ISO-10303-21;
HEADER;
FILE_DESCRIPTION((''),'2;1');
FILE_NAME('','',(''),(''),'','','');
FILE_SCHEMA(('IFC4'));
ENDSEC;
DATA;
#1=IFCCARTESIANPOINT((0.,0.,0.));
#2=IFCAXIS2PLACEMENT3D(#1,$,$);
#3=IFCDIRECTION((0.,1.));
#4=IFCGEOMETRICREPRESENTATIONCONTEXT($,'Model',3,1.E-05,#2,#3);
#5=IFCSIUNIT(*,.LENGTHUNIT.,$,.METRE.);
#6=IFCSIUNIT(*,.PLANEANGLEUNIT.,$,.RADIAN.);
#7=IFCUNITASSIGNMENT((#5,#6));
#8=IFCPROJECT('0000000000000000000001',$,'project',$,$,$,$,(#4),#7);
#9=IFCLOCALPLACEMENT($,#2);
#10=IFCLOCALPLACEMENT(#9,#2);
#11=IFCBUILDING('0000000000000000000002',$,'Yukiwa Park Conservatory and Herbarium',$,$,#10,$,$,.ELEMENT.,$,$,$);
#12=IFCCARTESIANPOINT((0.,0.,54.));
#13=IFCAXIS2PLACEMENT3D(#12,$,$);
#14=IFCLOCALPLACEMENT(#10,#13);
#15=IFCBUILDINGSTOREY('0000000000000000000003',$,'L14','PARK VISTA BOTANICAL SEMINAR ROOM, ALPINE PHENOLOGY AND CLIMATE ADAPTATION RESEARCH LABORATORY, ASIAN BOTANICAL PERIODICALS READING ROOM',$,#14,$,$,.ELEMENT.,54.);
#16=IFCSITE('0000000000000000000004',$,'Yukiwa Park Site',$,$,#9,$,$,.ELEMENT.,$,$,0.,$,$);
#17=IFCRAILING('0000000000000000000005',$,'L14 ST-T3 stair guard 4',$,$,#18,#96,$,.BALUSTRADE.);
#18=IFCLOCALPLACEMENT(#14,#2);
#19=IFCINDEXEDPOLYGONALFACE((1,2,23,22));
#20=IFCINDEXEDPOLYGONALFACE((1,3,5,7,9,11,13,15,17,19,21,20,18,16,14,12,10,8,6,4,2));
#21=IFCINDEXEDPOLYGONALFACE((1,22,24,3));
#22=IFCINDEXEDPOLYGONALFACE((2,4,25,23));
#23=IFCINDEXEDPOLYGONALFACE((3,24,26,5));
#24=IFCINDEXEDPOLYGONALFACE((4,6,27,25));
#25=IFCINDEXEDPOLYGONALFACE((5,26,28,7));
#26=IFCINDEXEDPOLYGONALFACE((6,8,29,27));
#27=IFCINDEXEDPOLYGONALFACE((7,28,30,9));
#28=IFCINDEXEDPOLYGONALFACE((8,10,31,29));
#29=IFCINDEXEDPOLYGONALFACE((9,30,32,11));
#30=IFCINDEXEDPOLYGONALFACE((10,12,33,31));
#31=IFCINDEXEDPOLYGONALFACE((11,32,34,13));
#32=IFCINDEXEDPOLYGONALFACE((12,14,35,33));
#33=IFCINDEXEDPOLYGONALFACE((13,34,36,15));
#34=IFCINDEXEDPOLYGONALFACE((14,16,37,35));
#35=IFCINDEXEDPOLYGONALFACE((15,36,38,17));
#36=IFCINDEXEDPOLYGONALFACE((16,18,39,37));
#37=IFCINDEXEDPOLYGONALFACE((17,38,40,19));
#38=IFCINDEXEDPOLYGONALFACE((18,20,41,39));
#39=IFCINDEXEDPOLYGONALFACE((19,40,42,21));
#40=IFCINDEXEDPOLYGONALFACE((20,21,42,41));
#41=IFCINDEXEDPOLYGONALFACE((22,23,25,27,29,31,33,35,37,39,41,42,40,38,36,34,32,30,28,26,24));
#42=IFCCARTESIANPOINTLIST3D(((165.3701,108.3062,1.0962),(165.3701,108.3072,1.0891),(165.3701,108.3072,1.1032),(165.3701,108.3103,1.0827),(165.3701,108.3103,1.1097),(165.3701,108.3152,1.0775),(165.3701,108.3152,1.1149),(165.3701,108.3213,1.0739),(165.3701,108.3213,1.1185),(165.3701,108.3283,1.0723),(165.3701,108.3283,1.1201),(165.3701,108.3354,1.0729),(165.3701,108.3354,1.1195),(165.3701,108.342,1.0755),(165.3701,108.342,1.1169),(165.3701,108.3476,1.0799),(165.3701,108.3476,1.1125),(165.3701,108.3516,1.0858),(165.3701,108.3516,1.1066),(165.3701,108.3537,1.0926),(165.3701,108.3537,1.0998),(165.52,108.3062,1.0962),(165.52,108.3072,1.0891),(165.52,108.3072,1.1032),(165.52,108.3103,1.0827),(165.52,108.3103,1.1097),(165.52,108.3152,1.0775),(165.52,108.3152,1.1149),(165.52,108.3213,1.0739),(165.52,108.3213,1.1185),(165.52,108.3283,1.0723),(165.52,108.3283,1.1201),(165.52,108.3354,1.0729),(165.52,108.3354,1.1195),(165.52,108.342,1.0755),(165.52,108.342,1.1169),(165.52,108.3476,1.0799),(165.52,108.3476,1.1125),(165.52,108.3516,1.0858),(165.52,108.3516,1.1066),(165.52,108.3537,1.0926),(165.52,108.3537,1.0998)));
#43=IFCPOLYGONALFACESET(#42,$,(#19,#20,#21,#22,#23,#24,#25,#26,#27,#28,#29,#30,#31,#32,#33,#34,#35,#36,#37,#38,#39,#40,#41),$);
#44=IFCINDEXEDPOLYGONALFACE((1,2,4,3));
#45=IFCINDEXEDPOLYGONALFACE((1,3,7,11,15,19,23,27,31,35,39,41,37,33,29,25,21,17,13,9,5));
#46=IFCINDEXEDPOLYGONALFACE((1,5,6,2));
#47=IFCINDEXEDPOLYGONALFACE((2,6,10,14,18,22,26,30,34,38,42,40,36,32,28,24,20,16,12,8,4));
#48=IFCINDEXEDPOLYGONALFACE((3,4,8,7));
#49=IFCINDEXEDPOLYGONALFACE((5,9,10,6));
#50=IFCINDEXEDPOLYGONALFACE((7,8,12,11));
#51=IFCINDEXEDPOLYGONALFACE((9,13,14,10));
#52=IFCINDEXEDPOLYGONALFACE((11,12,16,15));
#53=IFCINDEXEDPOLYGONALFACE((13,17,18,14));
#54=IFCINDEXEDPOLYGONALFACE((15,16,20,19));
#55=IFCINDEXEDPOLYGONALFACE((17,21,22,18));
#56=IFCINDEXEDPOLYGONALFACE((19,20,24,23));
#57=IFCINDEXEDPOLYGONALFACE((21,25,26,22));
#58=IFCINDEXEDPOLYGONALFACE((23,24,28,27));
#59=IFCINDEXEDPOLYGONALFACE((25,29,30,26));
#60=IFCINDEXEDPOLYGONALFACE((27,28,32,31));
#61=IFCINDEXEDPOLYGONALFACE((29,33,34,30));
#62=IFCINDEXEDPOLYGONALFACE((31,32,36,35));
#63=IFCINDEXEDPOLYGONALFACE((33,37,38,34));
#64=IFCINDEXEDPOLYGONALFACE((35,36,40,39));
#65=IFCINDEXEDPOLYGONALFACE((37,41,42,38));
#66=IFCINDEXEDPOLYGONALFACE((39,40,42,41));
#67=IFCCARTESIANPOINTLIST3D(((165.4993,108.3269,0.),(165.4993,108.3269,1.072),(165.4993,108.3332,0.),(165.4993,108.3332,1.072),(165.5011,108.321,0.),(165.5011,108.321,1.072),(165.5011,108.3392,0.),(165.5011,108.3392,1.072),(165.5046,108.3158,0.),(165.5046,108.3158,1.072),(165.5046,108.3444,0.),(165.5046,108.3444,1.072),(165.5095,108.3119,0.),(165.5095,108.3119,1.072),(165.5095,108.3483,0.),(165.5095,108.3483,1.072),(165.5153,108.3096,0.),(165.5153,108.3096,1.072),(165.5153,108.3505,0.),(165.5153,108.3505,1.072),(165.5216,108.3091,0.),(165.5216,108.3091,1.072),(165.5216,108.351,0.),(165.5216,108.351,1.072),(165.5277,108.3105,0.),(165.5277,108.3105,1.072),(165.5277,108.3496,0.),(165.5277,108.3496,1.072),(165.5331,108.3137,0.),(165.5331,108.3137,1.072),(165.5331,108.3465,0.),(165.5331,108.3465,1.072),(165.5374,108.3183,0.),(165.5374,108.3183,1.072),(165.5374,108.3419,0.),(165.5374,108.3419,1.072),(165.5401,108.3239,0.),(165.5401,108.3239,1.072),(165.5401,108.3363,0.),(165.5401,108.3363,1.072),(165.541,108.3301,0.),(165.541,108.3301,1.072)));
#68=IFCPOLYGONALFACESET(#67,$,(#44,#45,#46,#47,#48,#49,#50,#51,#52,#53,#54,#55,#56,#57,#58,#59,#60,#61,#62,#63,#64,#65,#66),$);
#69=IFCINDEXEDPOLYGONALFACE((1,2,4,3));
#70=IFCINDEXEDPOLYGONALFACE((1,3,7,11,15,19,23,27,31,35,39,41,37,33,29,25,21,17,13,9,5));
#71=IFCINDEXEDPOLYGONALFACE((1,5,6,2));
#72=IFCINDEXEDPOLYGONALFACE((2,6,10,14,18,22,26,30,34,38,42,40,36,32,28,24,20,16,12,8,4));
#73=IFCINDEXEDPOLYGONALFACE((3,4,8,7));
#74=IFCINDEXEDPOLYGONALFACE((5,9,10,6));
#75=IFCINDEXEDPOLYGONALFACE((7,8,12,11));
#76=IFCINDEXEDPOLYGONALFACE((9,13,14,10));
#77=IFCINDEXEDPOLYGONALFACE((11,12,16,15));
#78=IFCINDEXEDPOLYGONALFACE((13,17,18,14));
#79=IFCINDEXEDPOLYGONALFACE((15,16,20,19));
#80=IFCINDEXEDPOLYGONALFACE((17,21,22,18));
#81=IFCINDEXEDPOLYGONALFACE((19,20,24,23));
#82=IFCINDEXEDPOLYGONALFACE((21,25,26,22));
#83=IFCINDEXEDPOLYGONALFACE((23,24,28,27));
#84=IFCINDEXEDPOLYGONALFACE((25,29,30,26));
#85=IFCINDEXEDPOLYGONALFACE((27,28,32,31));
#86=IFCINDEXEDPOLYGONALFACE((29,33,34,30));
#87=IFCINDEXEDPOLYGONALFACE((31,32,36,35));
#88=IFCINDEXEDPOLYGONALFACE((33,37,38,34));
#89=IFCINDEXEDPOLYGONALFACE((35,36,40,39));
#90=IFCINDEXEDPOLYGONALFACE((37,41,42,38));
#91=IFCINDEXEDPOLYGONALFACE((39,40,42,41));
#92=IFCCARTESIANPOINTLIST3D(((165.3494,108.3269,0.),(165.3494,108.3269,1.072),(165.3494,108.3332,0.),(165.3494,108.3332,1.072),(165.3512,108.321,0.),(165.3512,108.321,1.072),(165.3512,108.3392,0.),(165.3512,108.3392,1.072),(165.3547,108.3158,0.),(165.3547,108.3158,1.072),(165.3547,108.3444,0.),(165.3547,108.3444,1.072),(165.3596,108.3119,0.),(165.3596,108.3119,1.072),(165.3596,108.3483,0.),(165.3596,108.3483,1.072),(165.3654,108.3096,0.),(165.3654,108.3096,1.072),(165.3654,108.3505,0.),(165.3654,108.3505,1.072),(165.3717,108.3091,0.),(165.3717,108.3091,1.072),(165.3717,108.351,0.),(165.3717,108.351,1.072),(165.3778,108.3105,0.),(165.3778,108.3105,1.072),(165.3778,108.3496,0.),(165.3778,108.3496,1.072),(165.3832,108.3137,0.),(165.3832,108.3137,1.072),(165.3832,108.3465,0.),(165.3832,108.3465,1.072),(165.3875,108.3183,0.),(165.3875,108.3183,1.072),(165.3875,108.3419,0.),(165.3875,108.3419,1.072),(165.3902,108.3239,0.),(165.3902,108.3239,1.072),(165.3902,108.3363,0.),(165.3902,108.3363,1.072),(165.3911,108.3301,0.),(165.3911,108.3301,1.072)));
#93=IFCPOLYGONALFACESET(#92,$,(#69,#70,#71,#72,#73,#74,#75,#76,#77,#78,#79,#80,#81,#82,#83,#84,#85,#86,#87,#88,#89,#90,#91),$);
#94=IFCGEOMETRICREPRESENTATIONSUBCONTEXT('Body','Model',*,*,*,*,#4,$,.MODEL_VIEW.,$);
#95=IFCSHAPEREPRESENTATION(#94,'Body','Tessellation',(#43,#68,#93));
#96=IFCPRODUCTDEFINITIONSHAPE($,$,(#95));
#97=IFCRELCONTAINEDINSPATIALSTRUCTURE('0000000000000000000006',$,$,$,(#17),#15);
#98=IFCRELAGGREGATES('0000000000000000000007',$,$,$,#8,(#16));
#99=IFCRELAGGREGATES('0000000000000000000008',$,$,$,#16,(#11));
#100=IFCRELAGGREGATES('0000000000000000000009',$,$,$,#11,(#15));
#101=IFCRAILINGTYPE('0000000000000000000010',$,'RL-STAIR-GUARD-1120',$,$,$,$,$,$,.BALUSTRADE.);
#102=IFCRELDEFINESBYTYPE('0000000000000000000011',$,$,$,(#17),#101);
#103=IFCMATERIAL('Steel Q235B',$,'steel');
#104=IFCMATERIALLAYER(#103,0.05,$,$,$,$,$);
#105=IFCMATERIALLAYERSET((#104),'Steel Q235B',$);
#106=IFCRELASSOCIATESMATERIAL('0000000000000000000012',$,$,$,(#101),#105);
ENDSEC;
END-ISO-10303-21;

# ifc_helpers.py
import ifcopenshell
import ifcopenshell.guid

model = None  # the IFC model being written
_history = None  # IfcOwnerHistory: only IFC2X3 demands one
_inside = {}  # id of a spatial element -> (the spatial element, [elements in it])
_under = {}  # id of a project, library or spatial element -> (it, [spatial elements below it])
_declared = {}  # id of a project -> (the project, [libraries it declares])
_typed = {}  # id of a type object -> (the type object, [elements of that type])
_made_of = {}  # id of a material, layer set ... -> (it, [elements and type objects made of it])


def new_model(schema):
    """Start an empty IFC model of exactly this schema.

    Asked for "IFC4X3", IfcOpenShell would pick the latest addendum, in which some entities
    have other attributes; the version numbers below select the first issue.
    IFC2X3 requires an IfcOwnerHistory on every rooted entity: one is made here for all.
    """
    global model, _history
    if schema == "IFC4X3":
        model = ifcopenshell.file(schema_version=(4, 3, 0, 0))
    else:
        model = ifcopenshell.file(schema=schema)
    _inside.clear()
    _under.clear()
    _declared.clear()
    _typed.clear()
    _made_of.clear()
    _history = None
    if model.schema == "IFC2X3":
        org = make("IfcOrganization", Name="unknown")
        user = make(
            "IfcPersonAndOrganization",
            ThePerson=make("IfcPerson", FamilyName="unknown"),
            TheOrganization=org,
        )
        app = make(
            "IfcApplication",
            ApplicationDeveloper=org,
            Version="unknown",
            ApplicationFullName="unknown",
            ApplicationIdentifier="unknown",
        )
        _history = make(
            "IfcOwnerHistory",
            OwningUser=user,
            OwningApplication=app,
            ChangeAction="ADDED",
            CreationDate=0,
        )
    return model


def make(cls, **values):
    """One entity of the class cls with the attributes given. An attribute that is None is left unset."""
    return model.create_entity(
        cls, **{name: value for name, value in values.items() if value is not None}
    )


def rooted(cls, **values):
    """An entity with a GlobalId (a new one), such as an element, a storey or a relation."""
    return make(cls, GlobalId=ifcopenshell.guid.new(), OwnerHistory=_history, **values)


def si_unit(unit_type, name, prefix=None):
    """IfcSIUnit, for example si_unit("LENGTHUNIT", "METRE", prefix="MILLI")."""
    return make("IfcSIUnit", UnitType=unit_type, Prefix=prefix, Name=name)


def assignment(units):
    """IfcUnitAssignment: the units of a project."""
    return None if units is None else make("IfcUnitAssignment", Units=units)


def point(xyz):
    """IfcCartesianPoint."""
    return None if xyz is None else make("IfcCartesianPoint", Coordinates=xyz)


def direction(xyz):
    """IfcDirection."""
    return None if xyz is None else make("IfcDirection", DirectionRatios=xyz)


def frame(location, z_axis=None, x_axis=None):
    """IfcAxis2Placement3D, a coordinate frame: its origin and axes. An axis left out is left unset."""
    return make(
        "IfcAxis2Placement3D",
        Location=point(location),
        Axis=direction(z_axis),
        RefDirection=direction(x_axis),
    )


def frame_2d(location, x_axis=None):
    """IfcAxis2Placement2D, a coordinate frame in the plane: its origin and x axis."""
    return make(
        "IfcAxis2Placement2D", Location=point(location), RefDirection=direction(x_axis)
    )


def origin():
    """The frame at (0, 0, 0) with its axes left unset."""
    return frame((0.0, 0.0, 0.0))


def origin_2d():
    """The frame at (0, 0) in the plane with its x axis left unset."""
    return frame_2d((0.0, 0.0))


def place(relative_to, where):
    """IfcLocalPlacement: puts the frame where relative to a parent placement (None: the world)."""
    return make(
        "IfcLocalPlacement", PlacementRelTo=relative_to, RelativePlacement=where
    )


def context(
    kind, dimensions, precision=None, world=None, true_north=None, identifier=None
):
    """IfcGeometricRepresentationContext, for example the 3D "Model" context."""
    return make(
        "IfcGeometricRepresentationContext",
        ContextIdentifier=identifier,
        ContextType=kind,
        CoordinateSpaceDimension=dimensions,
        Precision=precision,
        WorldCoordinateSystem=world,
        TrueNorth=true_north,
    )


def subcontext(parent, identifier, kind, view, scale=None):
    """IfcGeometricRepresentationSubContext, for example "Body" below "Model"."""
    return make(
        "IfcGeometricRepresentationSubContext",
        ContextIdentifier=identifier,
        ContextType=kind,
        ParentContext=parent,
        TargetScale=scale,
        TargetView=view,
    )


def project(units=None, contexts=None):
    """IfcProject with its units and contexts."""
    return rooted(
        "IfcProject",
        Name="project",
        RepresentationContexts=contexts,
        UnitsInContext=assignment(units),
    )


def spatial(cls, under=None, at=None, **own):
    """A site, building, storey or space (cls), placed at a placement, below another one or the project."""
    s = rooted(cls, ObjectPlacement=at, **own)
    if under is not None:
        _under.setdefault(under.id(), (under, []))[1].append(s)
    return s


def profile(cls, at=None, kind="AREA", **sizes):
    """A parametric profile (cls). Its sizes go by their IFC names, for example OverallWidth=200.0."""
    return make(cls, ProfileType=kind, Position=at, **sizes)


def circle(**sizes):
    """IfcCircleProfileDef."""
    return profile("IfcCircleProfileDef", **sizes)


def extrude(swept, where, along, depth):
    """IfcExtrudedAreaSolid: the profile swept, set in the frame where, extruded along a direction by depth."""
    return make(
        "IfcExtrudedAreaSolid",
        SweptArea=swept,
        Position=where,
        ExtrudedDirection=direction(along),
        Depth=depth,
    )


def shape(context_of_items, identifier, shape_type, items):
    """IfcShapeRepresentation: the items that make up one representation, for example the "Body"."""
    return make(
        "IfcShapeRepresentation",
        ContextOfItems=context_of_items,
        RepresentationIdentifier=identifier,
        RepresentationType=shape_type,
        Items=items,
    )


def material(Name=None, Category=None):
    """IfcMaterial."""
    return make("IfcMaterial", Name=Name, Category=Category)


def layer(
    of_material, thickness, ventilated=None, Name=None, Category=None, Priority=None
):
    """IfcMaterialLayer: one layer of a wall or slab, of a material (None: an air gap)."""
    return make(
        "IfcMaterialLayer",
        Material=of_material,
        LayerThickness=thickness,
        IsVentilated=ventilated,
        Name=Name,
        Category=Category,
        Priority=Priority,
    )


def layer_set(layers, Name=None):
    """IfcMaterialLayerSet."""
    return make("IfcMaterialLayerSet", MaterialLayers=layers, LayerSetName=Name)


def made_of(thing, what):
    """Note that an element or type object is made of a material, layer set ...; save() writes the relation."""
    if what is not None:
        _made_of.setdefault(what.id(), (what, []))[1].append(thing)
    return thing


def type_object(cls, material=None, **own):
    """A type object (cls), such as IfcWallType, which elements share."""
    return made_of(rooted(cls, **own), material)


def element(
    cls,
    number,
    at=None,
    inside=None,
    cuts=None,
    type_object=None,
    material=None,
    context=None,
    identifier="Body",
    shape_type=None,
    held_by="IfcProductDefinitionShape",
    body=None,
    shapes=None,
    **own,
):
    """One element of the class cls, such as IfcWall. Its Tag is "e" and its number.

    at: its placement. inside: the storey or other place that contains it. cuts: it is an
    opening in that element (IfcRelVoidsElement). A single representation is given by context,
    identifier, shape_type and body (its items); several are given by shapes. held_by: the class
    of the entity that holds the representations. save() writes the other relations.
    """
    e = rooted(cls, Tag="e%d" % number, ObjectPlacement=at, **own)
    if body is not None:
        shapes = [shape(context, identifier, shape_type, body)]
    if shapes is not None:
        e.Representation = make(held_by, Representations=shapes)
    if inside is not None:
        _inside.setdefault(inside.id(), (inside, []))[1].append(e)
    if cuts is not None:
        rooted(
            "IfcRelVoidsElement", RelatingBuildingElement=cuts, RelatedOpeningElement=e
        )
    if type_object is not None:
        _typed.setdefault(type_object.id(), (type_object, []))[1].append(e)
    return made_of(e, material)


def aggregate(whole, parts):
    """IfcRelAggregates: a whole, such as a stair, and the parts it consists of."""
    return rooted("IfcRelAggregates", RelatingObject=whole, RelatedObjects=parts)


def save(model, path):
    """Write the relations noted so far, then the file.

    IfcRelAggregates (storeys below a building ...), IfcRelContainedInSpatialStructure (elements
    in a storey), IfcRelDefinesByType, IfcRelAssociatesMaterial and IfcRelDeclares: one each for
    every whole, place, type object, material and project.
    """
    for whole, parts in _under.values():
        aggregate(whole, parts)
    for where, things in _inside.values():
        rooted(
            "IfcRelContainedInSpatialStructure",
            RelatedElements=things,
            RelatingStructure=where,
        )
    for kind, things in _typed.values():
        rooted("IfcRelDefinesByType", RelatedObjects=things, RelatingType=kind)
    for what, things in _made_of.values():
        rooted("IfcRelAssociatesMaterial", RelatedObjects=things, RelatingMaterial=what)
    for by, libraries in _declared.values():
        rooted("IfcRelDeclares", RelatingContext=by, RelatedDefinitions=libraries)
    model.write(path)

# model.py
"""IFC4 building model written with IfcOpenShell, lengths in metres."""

from ifc_helpers import new_model, si_unit, direction, frame, origin, origin_2d, place, context, subcontext, project, spatial, circle, extrude, material, layer, layer_set, type_object, element, save


model = new_model("IFC4")

# Units and contexts
model_context = context("Model", 3, precision=1e-05, world=origin(), true_north=direction((0.0, 1.0)))
body_context = subcontext(model_context, "Body", "Model", "MODEL_VIEW")
ifc_project = project(units=[si_unit("LENGTHUNIT", "METRE"), si_unit("PLANEANGLEUNIT", "RADIAN")], contexts=[model_context])

# Site, building, storey
site_placement = place(None, origin())
site = spatial("IfcSite", under=ifc_project, at=site_placement, Name="Yukiwa Park Site", CompositionType="ELEMENT", RefElevation=0.0)
building_placement = place(site_placement, origin())
building = spatial("IfcBuilding", under=site, at=building_placement, Name="Yukiwa Park Conservatory and Herbarium", CompositionType="ELEMENT")
storey_placement = place(building_placement, frame((0.0, 0.0, 54.0)))
storey = spatial("IfcBuildingStorey", under=building, at=storey_placement, Name="L14", Description="PARK VISTA BOTANICAL SEMINAR ROOM, ALPINE PHENOLOGY AND CLIMATE ADAPTATION RESEARCH LABORATORY, ASIAN BOTANICAL PERIODICALS READING ROOM", CompositionType="ELEMENT", Elevation=54.0)

# Railing
ifc_material_1 = material(Name="Steel Q235B", Category="steel")
ifc_layer_1 = layer(ifc_material_1, 0.05)
ifc_layer_set_1 = layer_set([ifc_layer_1], Name="Steel Q235B")
railing_type_1 = type_object("IfcRailingType", Name="RL-STAIR-GUARD-1120", PredefinedType="BALUSTRADE", material=ifc_layer_set_1)
railing_1_placement = place(storey_placement, frame((165.52, 108.3301, 0.0)))
element("IfcRailing", 1, at=railing_1_placement, inside=storey, type_object=railing_type_1, Name="L14 ST-T3 stair guard 4", PredefinedType="BALUSTRADE", context=body_context, shape_type="SweptSolid", body=[
    extrude(circle(Radius=0.0239, at=origin_2d()), frame((0.0, 0.0, 1.0962), z_axis=(-1.0, 0.0, 0.0), x_axis=(0.0, -1.0, 0.0)), (0.0, 0.0, 1.0), 0.1499),
    extrude(circle(Radius=0.021, at=origin_2d()), origin(), (0.0, 0.0, 1.0), 1.072),
    extrude(circle(Radius=0.021, at=origin_2d()), frame((-0.1499, 0.0, 0.0)), (0.0, 0.0, 1.0), 1.072),
])

save(model, "model.ifc")
